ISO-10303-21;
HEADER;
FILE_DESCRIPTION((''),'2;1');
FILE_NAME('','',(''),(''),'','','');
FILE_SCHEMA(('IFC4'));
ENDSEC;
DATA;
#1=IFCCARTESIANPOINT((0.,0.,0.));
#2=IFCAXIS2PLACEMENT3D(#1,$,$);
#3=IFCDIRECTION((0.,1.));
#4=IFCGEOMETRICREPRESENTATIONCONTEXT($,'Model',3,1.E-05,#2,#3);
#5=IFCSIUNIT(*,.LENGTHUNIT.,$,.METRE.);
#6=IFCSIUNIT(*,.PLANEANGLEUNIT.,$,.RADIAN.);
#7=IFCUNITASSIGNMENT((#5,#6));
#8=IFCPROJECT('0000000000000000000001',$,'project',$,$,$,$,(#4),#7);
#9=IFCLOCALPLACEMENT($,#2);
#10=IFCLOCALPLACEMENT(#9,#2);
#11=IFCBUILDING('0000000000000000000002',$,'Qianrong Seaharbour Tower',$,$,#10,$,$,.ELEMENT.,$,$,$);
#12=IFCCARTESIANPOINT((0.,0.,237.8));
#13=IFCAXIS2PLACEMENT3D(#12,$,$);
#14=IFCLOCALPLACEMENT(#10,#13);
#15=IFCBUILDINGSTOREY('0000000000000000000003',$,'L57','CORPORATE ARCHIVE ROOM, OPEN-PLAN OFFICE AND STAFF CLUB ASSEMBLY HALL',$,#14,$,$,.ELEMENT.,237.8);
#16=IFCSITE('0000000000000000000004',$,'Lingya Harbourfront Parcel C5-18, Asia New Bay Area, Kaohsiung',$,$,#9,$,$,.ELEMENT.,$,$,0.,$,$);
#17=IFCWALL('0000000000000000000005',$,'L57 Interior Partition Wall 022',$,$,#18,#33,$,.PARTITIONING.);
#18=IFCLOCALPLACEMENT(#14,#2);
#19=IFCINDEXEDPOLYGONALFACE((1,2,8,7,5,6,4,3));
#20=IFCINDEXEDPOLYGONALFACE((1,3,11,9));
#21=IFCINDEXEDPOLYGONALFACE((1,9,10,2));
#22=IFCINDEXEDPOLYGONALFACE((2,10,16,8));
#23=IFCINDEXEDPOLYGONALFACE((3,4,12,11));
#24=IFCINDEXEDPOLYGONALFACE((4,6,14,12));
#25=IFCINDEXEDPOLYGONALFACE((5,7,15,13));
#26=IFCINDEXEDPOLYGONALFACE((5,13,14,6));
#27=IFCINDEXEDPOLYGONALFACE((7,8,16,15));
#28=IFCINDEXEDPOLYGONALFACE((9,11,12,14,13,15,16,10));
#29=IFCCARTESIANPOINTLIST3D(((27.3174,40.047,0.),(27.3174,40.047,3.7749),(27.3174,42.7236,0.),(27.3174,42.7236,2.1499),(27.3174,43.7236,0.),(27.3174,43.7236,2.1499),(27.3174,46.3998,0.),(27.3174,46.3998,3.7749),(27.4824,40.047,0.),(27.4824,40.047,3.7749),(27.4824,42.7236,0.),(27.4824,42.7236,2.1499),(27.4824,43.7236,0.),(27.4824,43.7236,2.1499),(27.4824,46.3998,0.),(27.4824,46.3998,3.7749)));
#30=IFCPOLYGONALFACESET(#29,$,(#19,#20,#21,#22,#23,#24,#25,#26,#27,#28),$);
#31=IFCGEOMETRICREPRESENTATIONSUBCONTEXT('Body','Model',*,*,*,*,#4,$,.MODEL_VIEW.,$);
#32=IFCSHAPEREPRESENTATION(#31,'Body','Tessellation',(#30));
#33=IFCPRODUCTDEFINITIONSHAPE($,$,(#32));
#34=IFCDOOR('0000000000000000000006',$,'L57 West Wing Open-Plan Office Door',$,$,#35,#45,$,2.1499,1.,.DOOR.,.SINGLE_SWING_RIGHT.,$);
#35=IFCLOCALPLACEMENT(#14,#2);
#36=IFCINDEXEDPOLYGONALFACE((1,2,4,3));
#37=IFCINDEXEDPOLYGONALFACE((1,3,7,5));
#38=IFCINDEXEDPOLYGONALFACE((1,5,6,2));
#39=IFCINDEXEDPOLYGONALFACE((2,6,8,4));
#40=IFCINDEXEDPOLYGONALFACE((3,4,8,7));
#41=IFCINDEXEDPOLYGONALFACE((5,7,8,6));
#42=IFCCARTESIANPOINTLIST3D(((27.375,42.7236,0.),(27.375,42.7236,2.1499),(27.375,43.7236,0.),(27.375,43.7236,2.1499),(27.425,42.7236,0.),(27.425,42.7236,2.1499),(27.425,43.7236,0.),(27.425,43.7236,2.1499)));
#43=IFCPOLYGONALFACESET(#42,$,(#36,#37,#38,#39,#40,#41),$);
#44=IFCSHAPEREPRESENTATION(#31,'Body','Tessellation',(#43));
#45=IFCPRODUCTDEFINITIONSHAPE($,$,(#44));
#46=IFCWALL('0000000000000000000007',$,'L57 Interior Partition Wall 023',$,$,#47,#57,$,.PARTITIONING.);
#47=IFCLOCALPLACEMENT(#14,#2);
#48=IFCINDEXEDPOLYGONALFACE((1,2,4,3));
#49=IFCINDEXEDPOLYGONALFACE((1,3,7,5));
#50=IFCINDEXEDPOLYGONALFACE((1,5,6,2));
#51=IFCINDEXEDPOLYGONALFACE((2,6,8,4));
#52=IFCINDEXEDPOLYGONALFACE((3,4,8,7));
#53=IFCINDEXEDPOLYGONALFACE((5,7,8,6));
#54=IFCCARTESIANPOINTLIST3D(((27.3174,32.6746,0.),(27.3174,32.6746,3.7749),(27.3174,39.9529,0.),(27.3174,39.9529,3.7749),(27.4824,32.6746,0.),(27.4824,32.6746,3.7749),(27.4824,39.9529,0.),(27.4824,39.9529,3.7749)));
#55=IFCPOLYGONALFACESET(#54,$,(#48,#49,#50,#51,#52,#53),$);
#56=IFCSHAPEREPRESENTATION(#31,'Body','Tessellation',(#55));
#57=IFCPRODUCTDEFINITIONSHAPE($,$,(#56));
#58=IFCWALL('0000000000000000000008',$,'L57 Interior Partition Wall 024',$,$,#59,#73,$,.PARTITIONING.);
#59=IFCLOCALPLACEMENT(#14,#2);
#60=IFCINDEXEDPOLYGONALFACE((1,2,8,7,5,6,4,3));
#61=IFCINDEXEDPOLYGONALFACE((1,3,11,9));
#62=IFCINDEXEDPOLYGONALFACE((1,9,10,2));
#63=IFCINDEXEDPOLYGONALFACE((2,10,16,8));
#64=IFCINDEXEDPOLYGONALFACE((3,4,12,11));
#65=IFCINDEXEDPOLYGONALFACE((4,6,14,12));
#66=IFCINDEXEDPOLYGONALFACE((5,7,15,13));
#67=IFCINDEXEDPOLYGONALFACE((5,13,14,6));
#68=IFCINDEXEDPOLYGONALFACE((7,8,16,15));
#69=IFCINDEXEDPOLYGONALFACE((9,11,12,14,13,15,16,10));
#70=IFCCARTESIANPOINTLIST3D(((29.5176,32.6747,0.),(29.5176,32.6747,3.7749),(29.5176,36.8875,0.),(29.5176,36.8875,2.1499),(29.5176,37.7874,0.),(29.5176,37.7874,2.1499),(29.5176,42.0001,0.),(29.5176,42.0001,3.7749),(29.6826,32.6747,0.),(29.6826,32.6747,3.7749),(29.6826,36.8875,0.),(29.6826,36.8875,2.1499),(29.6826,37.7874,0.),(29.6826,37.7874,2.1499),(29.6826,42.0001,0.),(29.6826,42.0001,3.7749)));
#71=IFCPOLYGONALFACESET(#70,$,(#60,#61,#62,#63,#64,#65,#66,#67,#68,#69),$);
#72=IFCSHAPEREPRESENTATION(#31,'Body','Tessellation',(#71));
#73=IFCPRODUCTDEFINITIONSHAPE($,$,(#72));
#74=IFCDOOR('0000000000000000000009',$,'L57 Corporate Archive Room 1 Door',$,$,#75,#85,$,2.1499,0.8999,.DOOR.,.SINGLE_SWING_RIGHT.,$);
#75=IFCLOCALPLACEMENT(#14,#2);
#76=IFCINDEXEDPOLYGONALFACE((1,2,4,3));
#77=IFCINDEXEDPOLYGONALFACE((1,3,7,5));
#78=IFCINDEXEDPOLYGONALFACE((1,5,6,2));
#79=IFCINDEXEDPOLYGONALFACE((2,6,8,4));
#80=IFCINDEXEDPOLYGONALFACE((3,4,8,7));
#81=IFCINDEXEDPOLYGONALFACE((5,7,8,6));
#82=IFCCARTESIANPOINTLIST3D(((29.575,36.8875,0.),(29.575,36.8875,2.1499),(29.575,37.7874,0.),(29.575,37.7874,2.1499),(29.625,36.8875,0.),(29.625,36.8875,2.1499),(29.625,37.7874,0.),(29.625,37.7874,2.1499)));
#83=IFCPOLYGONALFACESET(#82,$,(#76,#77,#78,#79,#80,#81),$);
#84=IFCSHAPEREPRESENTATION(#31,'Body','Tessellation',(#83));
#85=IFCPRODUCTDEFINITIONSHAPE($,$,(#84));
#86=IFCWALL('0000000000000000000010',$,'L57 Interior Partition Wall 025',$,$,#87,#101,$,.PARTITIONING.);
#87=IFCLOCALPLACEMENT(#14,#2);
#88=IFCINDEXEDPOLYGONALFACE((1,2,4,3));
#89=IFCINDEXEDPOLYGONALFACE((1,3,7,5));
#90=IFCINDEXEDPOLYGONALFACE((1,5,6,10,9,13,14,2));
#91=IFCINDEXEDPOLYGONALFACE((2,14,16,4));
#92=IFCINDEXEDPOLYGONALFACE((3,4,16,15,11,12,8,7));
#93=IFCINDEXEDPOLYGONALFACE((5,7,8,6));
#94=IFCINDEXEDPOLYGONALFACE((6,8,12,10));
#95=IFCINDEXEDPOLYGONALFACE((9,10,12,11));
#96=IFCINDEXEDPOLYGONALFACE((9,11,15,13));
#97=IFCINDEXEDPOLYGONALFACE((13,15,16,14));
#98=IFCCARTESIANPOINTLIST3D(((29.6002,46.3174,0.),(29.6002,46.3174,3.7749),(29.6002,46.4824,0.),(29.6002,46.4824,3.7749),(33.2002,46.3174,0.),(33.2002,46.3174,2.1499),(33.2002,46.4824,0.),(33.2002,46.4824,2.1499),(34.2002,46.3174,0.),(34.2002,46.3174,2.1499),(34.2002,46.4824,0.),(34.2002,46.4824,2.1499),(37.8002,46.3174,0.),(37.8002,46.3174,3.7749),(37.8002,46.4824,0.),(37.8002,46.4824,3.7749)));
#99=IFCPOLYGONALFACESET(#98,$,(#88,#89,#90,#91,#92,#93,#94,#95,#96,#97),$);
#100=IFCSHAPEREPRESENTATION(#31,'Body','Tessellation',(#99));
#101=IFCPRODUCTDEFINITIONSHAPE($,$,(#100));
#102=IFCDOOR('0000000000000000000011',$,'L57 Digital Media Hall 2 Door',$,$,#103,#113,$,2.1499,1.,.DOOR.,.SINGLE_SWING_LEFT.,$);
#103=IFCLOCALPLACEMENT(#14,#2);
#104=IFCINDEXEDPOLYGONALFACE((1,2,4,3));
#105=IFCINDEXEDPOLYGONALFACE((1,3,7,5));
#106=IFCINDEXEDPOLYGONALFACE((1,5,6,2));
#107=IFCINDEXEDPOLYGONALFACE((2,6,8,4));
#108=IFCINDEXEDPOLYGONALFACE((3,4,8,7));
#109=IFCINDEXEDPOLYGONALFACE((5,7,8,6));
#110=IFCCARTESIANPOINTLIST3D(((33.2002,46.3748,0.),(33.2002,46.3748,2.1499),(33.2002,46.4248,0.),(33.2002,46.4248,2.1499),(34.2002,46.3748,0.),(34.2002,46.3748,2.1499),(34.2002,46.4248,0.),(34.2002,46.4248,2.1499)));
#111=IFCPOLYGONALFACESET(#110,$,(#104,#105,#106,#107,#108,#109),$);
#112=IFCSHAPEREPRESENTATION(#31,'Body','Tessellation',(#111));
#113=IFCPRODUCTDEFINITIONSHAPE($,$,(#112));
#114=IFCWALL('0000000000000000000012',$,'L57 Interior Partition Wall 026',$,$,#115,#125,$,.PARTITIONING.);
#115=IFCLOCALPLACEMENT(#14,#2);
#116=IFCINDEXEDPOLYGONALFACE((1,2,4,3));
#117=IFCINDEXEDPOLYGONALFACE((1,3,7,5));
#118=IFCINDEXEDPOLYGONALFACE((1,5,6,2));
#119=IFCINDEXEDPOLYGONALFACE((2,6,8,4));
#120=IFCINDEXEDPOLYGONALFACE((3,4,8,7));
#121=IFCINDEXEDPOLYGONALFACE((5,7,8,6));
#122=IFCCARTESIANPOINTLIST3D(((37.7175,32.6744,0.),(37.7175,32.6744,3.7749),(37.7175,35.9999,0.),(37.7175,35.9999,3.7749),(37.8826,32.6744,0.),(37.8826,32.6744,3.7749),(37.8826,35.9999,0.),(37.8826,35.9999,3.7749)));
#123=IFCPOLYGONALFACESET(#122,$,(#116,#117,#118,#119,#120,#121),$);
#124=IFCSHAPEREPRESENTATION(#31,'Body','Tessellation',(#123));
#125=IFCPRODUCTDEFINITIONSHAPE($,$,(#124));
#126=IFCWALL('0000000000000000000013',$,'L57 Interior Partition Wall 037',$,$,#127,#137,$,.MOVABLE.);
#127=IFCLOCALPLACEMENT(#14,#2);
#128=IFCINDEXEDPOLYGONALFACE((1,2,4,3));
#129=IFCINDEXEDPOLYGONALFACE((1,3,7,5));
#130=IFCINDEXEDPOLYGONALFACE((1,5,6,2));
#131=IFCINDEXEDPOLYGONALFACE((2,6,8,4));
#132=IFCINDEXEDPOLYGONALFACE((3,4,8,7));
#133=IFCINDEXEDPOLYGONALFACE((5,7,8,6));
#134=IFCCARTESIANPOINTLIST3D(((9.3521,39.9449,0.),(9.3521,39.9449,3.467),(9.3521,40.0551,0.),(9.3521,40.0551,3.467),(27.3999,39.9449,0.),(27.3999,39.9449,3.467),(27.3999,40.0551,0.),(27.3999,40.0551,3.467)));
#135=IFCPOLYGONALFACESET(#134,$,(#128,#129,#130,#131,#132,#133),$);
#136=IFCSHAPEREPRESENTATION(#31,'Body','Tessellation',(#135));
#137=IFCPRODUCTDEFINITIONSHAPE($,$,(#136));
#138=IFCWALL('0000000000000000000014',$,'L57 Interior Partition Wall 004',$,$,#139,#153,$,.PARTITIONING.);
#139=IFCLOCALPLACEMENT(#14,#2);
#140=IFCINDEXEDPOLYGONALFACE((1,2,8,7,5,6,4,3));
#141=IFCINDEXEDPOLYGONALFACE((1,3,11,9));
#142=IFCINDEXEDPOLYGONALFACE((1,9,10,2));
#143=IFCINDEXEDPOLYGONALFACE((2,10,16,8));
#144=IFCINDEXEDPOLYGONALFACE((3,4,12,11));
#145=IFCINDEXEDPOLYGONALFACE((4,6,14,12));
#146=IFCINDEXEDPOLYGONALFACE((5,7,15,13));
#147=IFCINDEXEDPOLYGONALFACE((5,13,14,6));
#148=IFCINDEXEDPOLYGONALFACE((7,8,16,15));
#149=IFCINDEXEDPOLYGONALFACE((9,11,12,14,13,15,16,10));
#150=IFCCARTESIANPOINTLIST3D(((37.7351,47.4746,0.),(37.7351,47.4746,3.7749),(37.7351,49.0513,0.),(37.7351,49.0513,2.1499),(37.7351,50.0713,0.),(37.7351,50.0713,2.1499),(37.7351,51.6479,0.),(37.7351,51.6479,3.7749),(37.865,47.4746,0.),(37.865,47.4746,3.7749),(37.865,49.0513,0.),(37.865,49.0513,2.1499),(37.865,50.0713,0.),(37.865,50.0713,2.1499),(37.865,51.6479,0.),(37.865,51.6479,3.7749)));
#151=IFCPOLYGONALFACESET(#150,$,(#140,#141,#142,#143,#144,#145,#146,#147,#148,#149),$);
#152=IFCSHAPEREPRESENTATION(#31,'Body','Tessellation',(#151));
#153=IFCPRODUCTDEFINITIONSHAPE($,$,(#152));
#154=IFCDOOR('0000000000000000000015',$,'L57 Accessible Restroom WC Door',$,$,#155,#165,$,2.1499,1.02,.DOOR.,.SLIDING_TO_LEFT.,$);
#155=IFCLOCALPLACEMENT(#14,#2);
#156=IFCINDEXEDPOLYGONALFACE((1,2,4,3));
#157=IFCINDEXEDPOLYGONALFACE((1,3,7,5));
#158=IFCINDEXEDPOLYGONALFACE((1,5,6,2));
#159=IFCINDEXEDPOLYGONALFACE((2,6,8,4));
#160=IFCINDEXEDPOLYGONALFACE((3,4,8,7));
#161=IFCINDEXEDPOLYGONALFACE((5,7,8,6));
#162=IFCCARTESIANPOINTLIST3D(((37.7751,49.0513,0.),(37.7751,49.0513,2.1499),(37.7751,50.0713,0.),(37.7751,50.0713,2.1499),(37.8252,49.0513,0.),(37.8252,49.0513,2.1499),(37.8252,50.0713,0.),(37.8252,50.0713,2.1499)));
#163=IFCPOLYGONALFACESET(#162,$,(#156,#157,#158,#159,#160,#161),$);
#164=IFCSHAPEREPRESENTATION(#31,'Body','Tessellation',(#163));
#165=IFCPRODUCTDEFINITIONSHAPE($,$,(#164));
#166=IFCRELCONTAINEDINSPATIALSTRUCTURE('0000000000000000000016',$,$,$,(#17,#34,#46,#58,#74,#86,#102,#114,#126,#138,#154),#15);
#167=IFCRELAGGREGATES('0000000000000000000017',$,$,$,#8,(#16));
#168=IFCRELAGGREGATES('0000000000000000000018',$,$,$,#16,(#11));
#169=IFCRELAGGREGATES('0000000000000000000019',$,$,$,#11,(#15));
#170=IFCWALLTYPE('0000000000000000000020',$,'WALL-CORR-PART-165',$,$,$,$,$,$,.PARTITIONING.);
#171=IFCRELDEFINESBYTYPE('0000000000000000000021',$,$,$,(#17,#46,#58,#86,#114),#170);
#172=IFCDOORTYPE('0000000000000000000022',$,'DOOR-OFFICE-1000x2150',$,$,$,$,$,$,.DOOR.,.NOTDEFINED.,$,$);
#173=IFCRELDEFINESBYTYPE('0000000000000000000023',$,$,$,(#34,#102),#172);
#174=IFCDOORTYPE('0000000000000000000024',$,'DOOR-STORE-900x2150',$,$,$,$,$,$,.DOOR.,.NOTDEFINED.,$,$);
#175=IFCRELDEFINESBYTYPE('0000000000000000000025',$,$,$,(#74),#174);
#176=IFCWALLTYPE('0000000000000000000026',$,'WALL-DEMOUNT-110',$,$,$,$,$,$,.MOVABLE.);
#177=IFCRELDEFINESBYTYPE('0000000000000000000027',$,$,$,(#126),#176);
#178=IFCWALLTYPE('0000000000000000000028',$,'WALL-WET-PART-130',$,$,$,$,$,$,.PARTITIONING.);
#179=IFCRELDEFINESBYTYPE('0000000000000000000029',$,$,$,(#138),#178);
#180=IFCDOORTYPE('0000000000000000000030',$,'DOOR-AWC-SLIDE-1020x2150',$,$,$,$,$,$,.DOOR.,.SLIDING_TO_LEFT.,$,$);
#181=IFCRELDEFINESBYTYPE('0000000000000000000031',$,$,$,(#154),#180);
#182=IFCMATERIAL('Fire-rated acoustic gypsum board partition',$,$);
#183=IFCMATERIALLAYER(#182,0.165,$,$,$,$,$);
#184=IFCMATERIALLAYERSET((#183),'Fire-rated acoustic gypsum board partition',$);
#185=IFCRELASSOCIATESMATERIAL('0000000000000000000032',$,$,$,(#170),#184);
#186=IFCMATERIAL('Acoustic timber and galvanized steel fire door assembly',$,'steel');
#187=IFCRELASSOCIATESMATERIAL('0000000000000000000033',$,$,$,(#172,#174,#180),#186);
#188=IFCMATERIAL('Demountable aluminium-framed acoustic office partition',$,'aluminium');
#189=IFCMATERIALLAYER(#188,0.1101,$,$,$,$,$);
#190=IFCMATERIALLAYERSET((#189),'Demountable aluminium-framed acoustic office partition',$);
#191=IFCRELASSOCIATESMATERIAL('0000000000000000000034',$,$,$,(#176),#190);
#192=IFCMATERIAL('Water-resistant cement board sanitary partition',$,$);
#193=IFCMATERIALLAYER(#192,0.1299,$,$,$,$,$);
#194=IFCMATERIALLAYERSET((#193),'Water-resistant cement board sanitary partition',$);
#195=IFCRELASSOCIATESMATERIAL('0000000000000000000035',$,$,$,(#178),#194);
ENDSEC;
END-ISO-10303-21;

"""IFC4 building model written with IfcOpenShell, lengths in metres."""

from ifc_helpers import new_model, si_unit, direction, frame, frame_2d, origin, place, context, subcontext, project, spatial, rectangle, extrude, material, layer, layer_set, type_object, element, fill, save


model = new_model("IFC4")

# Units and contexts
model_context = context("Model", 3, precision=1e-05, world=origin(), true_north=direction((0.0, 1.0)))
body_context = subcontext(model_context, "Body", "Model", "MODEL_VIEW")
ifc_project = project(units=[si_unit("LENGTHUNIT", "METRE"), si_unit("PLANEANGLEUNIT", "RADIAN")], contexts=[model_context])

# Site, building, storey
site_placement = place(None, origin())
site = spatial("IfcSite", under=ifc_project, at=site_placement, Name="Lingya Harbourfront Parcel C5-18, Asia New Bay Area, Kaohsiung", CompositionType="ELEMENT", RefElevation=0.0)
building_placement = place(site_placement, origin())
building = spatial("IfcBuilding", under=site, at=building_placement, Name="Qianrong Seaharbour Tower", CompositionType="ELEMENT")
storey_placement = place(building_placement, frame((0.0, 0.0, 237.8)))
storey = spatial("IfcBuildingStorey", under=building, at=storey_placement, Name="L57", Description="CORPORATE ARCHIVE ROOM, OPEN-PLAN OFFICE AND STAFF CLUB ASSEMBLY HALL", CompositionType="ELEMENT", Elevation=237.8)

# Shared definitions
ifc_material_1 = material(Name="Fire-rated acoustic gypsum board partition")
ifc_layer_1 = layer(ifc_material_1, 0.165)
ifc_layer_set_1 = layer_set([ifc_layer_1], Name="Fire-rated acoustic gypsum board partition")
wall_type_1 = type_object("IfcWallType", Name="WALL-CORR-PART-165", PredefinedType="PARTITIONING", material=ifc_layer_set_1)
ifc_material_2 = material(Name="Acoustic timber and galvanized steel fire door assembly", Category="steel")

# Wall, opening, door
wall_1_placement = place(storey_placement, frame((27.3999, 40.0471, 0.0), z_axis=(0.0, 0.0, 1.0), x_axis=(0.0, 1.0, 0.0)))
wall_1 = element("IfcWall", 1, at=wall_1_placement, inside=storey, type_object=wall_type_1, Name="L57 Interior Partition Wall 022", PredefinedType="PARTITIONING", context=body_context, shape_type="SweptSolid", body=[
    extrude(rectangle(XDim=6.3528, YDim=0.165, at=frame_2d((3.1763, 0.0))), origin(), (0.0, 0.0, 1.0), 3.7749),
])
opening_1_placement = place(wall_1_placement, frame((2.6765, 0.0, 0.0)))
opening_1 = element("IfcOpeningElement", 2, at=opening_1_placement, cuts=wall_1, PredefinedType="OPENING", context=body_context, shape_type="SweptSolid", body=[
    extrude(rectangle(XDim=1.0, YDim=2.1499, at=frame_2d((0.5, 1.075))), frame((0.0, 0.0925, 0.0), z_axis=(0.0, -1.0, 0.0), x_axis=(1.0, 0.0, 0.0)), (0.0, 0.0, 1.0), 0.1851),
])
door_type_1 = type_object("IfcDoorType", Name="DOOR-OFFICE-1000x2150", OperationType="NOTDEFINED", PredefinedType="DOOR", material=ifc_material_2)
door_1_placement = place(opening_1_placement, origin())
door_1 = element("IfcDoor", 3, at=door_1_placement, inside=storey, type_object=door_type_1, Name="L57 West Wing Open-Plan Office Door", OperationType="SINGLE_SWING_RIGHT", OverallHeight=2.1499, OverallWidth=1.0, PredefinedType="DOOR", context=body_context, shape_type="SweptSolid", body=[
    extrude(rectangle(XDim=1.0, YDim=2.1499, at=frame_2d((0.5, 1.075))), frame((0.0, 0.0249, 0.0), z_axis=(0.0, -1.0, 0.0), x_axis=(1.0, 0.0, 0.0)), (0.0, 0.0, 1.0), 0.05),
])
fill(opening_1, door_1)

# Wall
wall_2_placement = place(storey_placement, frame((27.3999, 32.6746, 0.0), z_axis=(0.0, 0.0, 1.0), x_axis=(0.0, 1.0, 0.0)))
element("IfcWall", 4, at=wall_2_placement, inside=storey, type_object=wall_type_1, Name="L57 Interior Partition Wall 023", PredefinedType="PARTITIONING", context=body_context, shape_type="SweptSolid", body=[
    extrude(rectangle(XDim=7.2783, YDim=0.165, at=frame_2d((3.6392, 0.0))), origin(), (0.0, 0.0, 1.0), 3.7749),
])

# Walls, openings, doors
wall_3_placement = place(storey_placement, frame((29.6001, 42.0, 0.0), z_axis=(0.0, 0.0, 1.0), x_axis=(0.0, -1.0, 0.0)))
wall_3 = element("IfcWall", 5, at=wall_3_placement, inside=storey, type_object=wall_type_1, Name="L57 Interior Partition Wall 024", PredefinedType="PARTITIONING", context=body_context, shape_type="SweptSolid", body=[
    extrude(rectangle(XDim=9.3254, YDim=0.165, at=frame_2d((4.6626, 0.0))), origin(), (0.0, 0.0, 1.0), 3.7749),
])
opening_2_placement = place(wall_3_placement, frame((4.2126, 0.0, 0.0)))
opening_2 = element("IfcOpeningElement", 6, at=opening_2_placement, cuts=wall_3, PredefinedType="OPENING", context=body_context, shape_type="SweptSolid", body=[
    extrude(rectangle(XDim=0.8999, YDim=2.1499, at=frame_2d((0.45, 1.075))), frame((0.0, 0.0925, 0.0), z_axis=(0.0, -1.0, 0.0), x_axis=(1.0, 0.0, 0.0)), (0.0, 0.0, 1.0), 0.1851),
])
door_type_2 = type_object("IfcDoorType", Name="DOOR-STORE-900x2150", OperationType="NOTDEFINED", PredefinedType="DOOR", material=ifc_material_2)
door_2_placement = place(opening_2_placement, origin())
door_2 = element("IfcDoor", 7, at=door_2_placement, inside=storey, type_object=door_type_2, Name="L57 Corporate Archive Room 1 Door", OperationType="SINGLE_SWING_RIGHT", OverallHeight=2.1499, OverallWidth=0.8999, PredefinedType="DOOR", context=body_context, shape_type="SweptSolid", body=[
    extrude(rectangle(XDim=0.8999, YDim=2.1499, at=frame_2d((0.45, 1.075))), frame((0.0, 0.0249, 0.0), z_axis=(0.0, -1.0, 0.0), x_axis=(1.0, 0.0, 0.0)), (0.0, 0.0, 1.0), 0.05),
])
fill(opening_2, door_2)
wall_4_placement = place(storey_placement, frame((29.6001, 46.3999, 0.0), z_axis=(0.0, 0.0, 1.0), x_axis=(1.0, 0.0, 0.0)))
wall_4 = element("IfcWall", 8, at=wall_4_placement, inside=storey, type_object=wall_type_1, Name="L57 Interior Partition Wall 025", PredefinedType="PARTITIONING", context=body_context, shape_type="SweptSolid", body=[
    extrude(rectangle(XDim=8.2, YDim=0.165, at=frame_2d((4.1001, 0.0))), origin(), (0.0, 0.0, 1.0), 3.7749),
])
opening_3_placement = place(wall_4_placement, frame((3.6001, 0.0, 0.0)))
opening_3 = element("IfcOpeningElement", 9, at=opening_3_placement, cuts=wall_4, PredefinedType="OPENING", context=body_context, shape_type="SweptSolid", body=[
    extrude(rectangle(XDim=1.0, YDim=2.1499, at=frame_2d((0.5, 1.075))), frame((0.0, 0.0925, 0.0), z_axis=(0.0, -1.0, 0.0), x_axis=(1.0, 0.0, 0.0)), (0.0, 0.0, 1.0), 0.1851),
])
door_3_placement = place(opening_3_placement, origin())
door_3 = element("IfcDoor", 10, at=door_3_placement, inside=storey, type_object=door_type_1, Name="L57 Digital Media Hall 2 Door", OperationType="SINGLE_SWING_LEFT", OverallHeight=2.1499, OverallWidth=1.0, PredefinedType="DOOR", context=body_context, shape_type="SweptSolid", body=[
    extrude(rectangle(XDim=1.0, YDim=2.1499, at=frame_2d((0.5, 1.075))), frame((0.0, 0.0249, 0.0), z_axis=(0.0, -1.0, 0.0), x_axis=(1.0, 0.0, 0.0)), (0.0, 0.0, 1.0), 0.05),
])
fill(opening_3, door_3)

# Walls
wall_5_placement = place(storey_placement, frame((37.8, 32.6746, 0.0), z_axis=(0.0, 0.0, 1.0), x_axis=(0.0, 1.0, 0.0)))
element("IfcWall", 11, at=wall_5_placement, inside=storey, type_object=wall_type_1, Name="L57 Interior Partition Wall 026", PredefinedType="PARTITIONING", context=body_context, shape_type="SweptSolid", body=[
    extrude(rectangle(XDim=3.3254, YDim=0.165, at=frame_2d((1.6626, 0.0))), origin(), (0.0, 0.0, 1.0), 3.7749),
])
ifc_material_3 = material(Name="Demountable aluminium-framed acoustic office partition", Category="aluminium")
ifc_layer_2 = layer(ifc_material_3, 0.1101)
ifc_layer_set_2 = layer_set([ifc_layer_2], Name="Demountable aluminium-framed acoustic office partition")
wall_type_2 = type_object("IfcWallType", Name="WALL-DEMOUNT-110", PredefinedType="MOVABLE", material=ifc_layer_set_2)
wall_6_placement = place(storey_placement, frame((27.3999, 40.0, 0.0), z_axis=(0.0, 0.0, 1.0), x_axis=(-1.0, 0.0, 0.0)))
element("IfcWall", 12, at=wall_6_placement, inside=storey, type_object=wall_type_2, Name="L57 Interior Partition Wall 037", PredefinedType="MOVABLE", context=body_context, shape_type="SweptSolid", body=[
    extrude(rectangle(XDim=18.0479, YDim=0.1101, at=frame_2d((9.0239, 0.0))), origin(), (0.0, 0.0, 1.0), 3.467),
])

# Wall, opening, door
ifc_material_4 = material(Name="Water-resistant cement board sanitary partition")
ifc_layer_3 = layer(ifc_material_4, 0.1299)
ifc_layer_set_3 = layer_set([ifc_layer_3], Name="Water-resistant cement board sanitary partition")
wall_type_3 = type_object("IfcWallType", Name="WALL-WET-PART-130", PredefinedType="PARTITIONING", material=ifc_layer_set_3)
wall_7_placement = place(storey_placement, frame((37.8, 47.4746, 0.0), z_axis=(0.0, 0.0, 1.0), x_axis=(0.0, 1.0, 0.0)))
wall_7 = element("IfcWall", 13, at=wall_7_placement, inside=storey, type_object=wall_type_3, Name="L57 Interior Partition Wall 004", PredefinedType="PARTITIONING", context=body_context, shape_type="SweptSolid", body=[
    extrude(rectangle(XDim=4.1733, YDim=0.1299, at=frame_2d((2.0867, 0.0))), origin(), (0.0, 0.0, 1.0), 3.7749),
])
opening_4_placement = place(wall_7_placement, frame((1.5767, 0.0, 0.0)))
opening_4 = element("IfcOpeningElement", 14, at=opening_4_placement, cuts=wall_7, PredefinedType="OPENING", context=body_context, shape_type="SweptSolid", body=[
    extrude(rectangle(XDim=1.02, YDim=2.1499, at=frame_2d((0.51, 1.075))), frame((0.0, 0.075, 0.0), z_axis=(0.0, -1.0, 0.0), x_axis=(1.0, 0.0, 0.0)), (0.0, 0.0, 1.0), 0.1499),
])
door_type_3 = type_object("IfcDoorType", Name="DOOR-AWC-SLIDE-1020x2150", OperationType="SLIDING_TO_LEFT", PredefinedType="DOOR", material=ifc_material_2)
door_4_placement = place(opening_4_placement, origin())
door_4 = element("IfcDoor", 15, at=door_4_placement, inside=storey, type_object=door_type_3, Name="L57 Accessible Restroom WC Door", OperationType="SLIDING_TO_LEFT", OverallHeight=2.1499, OverallWidth=1.02, PredefinedType="DOOR", context=body_context, shape_type="SweptSolid", body=[
    extrude(rectangle(XDim=1.02, YDim=2.1499, at=frame_2d((0.51, 1.075))), frame((0.0, 0.0249, 0.0), z_axis=(0.0, -1.0, 0.0), x_axis=(1.0, 0.0, 0.0)), (0.0, 0.0, 1.0), 0.05),
])
fill(opening_4, door_4)

save(model, "model.ifc")
